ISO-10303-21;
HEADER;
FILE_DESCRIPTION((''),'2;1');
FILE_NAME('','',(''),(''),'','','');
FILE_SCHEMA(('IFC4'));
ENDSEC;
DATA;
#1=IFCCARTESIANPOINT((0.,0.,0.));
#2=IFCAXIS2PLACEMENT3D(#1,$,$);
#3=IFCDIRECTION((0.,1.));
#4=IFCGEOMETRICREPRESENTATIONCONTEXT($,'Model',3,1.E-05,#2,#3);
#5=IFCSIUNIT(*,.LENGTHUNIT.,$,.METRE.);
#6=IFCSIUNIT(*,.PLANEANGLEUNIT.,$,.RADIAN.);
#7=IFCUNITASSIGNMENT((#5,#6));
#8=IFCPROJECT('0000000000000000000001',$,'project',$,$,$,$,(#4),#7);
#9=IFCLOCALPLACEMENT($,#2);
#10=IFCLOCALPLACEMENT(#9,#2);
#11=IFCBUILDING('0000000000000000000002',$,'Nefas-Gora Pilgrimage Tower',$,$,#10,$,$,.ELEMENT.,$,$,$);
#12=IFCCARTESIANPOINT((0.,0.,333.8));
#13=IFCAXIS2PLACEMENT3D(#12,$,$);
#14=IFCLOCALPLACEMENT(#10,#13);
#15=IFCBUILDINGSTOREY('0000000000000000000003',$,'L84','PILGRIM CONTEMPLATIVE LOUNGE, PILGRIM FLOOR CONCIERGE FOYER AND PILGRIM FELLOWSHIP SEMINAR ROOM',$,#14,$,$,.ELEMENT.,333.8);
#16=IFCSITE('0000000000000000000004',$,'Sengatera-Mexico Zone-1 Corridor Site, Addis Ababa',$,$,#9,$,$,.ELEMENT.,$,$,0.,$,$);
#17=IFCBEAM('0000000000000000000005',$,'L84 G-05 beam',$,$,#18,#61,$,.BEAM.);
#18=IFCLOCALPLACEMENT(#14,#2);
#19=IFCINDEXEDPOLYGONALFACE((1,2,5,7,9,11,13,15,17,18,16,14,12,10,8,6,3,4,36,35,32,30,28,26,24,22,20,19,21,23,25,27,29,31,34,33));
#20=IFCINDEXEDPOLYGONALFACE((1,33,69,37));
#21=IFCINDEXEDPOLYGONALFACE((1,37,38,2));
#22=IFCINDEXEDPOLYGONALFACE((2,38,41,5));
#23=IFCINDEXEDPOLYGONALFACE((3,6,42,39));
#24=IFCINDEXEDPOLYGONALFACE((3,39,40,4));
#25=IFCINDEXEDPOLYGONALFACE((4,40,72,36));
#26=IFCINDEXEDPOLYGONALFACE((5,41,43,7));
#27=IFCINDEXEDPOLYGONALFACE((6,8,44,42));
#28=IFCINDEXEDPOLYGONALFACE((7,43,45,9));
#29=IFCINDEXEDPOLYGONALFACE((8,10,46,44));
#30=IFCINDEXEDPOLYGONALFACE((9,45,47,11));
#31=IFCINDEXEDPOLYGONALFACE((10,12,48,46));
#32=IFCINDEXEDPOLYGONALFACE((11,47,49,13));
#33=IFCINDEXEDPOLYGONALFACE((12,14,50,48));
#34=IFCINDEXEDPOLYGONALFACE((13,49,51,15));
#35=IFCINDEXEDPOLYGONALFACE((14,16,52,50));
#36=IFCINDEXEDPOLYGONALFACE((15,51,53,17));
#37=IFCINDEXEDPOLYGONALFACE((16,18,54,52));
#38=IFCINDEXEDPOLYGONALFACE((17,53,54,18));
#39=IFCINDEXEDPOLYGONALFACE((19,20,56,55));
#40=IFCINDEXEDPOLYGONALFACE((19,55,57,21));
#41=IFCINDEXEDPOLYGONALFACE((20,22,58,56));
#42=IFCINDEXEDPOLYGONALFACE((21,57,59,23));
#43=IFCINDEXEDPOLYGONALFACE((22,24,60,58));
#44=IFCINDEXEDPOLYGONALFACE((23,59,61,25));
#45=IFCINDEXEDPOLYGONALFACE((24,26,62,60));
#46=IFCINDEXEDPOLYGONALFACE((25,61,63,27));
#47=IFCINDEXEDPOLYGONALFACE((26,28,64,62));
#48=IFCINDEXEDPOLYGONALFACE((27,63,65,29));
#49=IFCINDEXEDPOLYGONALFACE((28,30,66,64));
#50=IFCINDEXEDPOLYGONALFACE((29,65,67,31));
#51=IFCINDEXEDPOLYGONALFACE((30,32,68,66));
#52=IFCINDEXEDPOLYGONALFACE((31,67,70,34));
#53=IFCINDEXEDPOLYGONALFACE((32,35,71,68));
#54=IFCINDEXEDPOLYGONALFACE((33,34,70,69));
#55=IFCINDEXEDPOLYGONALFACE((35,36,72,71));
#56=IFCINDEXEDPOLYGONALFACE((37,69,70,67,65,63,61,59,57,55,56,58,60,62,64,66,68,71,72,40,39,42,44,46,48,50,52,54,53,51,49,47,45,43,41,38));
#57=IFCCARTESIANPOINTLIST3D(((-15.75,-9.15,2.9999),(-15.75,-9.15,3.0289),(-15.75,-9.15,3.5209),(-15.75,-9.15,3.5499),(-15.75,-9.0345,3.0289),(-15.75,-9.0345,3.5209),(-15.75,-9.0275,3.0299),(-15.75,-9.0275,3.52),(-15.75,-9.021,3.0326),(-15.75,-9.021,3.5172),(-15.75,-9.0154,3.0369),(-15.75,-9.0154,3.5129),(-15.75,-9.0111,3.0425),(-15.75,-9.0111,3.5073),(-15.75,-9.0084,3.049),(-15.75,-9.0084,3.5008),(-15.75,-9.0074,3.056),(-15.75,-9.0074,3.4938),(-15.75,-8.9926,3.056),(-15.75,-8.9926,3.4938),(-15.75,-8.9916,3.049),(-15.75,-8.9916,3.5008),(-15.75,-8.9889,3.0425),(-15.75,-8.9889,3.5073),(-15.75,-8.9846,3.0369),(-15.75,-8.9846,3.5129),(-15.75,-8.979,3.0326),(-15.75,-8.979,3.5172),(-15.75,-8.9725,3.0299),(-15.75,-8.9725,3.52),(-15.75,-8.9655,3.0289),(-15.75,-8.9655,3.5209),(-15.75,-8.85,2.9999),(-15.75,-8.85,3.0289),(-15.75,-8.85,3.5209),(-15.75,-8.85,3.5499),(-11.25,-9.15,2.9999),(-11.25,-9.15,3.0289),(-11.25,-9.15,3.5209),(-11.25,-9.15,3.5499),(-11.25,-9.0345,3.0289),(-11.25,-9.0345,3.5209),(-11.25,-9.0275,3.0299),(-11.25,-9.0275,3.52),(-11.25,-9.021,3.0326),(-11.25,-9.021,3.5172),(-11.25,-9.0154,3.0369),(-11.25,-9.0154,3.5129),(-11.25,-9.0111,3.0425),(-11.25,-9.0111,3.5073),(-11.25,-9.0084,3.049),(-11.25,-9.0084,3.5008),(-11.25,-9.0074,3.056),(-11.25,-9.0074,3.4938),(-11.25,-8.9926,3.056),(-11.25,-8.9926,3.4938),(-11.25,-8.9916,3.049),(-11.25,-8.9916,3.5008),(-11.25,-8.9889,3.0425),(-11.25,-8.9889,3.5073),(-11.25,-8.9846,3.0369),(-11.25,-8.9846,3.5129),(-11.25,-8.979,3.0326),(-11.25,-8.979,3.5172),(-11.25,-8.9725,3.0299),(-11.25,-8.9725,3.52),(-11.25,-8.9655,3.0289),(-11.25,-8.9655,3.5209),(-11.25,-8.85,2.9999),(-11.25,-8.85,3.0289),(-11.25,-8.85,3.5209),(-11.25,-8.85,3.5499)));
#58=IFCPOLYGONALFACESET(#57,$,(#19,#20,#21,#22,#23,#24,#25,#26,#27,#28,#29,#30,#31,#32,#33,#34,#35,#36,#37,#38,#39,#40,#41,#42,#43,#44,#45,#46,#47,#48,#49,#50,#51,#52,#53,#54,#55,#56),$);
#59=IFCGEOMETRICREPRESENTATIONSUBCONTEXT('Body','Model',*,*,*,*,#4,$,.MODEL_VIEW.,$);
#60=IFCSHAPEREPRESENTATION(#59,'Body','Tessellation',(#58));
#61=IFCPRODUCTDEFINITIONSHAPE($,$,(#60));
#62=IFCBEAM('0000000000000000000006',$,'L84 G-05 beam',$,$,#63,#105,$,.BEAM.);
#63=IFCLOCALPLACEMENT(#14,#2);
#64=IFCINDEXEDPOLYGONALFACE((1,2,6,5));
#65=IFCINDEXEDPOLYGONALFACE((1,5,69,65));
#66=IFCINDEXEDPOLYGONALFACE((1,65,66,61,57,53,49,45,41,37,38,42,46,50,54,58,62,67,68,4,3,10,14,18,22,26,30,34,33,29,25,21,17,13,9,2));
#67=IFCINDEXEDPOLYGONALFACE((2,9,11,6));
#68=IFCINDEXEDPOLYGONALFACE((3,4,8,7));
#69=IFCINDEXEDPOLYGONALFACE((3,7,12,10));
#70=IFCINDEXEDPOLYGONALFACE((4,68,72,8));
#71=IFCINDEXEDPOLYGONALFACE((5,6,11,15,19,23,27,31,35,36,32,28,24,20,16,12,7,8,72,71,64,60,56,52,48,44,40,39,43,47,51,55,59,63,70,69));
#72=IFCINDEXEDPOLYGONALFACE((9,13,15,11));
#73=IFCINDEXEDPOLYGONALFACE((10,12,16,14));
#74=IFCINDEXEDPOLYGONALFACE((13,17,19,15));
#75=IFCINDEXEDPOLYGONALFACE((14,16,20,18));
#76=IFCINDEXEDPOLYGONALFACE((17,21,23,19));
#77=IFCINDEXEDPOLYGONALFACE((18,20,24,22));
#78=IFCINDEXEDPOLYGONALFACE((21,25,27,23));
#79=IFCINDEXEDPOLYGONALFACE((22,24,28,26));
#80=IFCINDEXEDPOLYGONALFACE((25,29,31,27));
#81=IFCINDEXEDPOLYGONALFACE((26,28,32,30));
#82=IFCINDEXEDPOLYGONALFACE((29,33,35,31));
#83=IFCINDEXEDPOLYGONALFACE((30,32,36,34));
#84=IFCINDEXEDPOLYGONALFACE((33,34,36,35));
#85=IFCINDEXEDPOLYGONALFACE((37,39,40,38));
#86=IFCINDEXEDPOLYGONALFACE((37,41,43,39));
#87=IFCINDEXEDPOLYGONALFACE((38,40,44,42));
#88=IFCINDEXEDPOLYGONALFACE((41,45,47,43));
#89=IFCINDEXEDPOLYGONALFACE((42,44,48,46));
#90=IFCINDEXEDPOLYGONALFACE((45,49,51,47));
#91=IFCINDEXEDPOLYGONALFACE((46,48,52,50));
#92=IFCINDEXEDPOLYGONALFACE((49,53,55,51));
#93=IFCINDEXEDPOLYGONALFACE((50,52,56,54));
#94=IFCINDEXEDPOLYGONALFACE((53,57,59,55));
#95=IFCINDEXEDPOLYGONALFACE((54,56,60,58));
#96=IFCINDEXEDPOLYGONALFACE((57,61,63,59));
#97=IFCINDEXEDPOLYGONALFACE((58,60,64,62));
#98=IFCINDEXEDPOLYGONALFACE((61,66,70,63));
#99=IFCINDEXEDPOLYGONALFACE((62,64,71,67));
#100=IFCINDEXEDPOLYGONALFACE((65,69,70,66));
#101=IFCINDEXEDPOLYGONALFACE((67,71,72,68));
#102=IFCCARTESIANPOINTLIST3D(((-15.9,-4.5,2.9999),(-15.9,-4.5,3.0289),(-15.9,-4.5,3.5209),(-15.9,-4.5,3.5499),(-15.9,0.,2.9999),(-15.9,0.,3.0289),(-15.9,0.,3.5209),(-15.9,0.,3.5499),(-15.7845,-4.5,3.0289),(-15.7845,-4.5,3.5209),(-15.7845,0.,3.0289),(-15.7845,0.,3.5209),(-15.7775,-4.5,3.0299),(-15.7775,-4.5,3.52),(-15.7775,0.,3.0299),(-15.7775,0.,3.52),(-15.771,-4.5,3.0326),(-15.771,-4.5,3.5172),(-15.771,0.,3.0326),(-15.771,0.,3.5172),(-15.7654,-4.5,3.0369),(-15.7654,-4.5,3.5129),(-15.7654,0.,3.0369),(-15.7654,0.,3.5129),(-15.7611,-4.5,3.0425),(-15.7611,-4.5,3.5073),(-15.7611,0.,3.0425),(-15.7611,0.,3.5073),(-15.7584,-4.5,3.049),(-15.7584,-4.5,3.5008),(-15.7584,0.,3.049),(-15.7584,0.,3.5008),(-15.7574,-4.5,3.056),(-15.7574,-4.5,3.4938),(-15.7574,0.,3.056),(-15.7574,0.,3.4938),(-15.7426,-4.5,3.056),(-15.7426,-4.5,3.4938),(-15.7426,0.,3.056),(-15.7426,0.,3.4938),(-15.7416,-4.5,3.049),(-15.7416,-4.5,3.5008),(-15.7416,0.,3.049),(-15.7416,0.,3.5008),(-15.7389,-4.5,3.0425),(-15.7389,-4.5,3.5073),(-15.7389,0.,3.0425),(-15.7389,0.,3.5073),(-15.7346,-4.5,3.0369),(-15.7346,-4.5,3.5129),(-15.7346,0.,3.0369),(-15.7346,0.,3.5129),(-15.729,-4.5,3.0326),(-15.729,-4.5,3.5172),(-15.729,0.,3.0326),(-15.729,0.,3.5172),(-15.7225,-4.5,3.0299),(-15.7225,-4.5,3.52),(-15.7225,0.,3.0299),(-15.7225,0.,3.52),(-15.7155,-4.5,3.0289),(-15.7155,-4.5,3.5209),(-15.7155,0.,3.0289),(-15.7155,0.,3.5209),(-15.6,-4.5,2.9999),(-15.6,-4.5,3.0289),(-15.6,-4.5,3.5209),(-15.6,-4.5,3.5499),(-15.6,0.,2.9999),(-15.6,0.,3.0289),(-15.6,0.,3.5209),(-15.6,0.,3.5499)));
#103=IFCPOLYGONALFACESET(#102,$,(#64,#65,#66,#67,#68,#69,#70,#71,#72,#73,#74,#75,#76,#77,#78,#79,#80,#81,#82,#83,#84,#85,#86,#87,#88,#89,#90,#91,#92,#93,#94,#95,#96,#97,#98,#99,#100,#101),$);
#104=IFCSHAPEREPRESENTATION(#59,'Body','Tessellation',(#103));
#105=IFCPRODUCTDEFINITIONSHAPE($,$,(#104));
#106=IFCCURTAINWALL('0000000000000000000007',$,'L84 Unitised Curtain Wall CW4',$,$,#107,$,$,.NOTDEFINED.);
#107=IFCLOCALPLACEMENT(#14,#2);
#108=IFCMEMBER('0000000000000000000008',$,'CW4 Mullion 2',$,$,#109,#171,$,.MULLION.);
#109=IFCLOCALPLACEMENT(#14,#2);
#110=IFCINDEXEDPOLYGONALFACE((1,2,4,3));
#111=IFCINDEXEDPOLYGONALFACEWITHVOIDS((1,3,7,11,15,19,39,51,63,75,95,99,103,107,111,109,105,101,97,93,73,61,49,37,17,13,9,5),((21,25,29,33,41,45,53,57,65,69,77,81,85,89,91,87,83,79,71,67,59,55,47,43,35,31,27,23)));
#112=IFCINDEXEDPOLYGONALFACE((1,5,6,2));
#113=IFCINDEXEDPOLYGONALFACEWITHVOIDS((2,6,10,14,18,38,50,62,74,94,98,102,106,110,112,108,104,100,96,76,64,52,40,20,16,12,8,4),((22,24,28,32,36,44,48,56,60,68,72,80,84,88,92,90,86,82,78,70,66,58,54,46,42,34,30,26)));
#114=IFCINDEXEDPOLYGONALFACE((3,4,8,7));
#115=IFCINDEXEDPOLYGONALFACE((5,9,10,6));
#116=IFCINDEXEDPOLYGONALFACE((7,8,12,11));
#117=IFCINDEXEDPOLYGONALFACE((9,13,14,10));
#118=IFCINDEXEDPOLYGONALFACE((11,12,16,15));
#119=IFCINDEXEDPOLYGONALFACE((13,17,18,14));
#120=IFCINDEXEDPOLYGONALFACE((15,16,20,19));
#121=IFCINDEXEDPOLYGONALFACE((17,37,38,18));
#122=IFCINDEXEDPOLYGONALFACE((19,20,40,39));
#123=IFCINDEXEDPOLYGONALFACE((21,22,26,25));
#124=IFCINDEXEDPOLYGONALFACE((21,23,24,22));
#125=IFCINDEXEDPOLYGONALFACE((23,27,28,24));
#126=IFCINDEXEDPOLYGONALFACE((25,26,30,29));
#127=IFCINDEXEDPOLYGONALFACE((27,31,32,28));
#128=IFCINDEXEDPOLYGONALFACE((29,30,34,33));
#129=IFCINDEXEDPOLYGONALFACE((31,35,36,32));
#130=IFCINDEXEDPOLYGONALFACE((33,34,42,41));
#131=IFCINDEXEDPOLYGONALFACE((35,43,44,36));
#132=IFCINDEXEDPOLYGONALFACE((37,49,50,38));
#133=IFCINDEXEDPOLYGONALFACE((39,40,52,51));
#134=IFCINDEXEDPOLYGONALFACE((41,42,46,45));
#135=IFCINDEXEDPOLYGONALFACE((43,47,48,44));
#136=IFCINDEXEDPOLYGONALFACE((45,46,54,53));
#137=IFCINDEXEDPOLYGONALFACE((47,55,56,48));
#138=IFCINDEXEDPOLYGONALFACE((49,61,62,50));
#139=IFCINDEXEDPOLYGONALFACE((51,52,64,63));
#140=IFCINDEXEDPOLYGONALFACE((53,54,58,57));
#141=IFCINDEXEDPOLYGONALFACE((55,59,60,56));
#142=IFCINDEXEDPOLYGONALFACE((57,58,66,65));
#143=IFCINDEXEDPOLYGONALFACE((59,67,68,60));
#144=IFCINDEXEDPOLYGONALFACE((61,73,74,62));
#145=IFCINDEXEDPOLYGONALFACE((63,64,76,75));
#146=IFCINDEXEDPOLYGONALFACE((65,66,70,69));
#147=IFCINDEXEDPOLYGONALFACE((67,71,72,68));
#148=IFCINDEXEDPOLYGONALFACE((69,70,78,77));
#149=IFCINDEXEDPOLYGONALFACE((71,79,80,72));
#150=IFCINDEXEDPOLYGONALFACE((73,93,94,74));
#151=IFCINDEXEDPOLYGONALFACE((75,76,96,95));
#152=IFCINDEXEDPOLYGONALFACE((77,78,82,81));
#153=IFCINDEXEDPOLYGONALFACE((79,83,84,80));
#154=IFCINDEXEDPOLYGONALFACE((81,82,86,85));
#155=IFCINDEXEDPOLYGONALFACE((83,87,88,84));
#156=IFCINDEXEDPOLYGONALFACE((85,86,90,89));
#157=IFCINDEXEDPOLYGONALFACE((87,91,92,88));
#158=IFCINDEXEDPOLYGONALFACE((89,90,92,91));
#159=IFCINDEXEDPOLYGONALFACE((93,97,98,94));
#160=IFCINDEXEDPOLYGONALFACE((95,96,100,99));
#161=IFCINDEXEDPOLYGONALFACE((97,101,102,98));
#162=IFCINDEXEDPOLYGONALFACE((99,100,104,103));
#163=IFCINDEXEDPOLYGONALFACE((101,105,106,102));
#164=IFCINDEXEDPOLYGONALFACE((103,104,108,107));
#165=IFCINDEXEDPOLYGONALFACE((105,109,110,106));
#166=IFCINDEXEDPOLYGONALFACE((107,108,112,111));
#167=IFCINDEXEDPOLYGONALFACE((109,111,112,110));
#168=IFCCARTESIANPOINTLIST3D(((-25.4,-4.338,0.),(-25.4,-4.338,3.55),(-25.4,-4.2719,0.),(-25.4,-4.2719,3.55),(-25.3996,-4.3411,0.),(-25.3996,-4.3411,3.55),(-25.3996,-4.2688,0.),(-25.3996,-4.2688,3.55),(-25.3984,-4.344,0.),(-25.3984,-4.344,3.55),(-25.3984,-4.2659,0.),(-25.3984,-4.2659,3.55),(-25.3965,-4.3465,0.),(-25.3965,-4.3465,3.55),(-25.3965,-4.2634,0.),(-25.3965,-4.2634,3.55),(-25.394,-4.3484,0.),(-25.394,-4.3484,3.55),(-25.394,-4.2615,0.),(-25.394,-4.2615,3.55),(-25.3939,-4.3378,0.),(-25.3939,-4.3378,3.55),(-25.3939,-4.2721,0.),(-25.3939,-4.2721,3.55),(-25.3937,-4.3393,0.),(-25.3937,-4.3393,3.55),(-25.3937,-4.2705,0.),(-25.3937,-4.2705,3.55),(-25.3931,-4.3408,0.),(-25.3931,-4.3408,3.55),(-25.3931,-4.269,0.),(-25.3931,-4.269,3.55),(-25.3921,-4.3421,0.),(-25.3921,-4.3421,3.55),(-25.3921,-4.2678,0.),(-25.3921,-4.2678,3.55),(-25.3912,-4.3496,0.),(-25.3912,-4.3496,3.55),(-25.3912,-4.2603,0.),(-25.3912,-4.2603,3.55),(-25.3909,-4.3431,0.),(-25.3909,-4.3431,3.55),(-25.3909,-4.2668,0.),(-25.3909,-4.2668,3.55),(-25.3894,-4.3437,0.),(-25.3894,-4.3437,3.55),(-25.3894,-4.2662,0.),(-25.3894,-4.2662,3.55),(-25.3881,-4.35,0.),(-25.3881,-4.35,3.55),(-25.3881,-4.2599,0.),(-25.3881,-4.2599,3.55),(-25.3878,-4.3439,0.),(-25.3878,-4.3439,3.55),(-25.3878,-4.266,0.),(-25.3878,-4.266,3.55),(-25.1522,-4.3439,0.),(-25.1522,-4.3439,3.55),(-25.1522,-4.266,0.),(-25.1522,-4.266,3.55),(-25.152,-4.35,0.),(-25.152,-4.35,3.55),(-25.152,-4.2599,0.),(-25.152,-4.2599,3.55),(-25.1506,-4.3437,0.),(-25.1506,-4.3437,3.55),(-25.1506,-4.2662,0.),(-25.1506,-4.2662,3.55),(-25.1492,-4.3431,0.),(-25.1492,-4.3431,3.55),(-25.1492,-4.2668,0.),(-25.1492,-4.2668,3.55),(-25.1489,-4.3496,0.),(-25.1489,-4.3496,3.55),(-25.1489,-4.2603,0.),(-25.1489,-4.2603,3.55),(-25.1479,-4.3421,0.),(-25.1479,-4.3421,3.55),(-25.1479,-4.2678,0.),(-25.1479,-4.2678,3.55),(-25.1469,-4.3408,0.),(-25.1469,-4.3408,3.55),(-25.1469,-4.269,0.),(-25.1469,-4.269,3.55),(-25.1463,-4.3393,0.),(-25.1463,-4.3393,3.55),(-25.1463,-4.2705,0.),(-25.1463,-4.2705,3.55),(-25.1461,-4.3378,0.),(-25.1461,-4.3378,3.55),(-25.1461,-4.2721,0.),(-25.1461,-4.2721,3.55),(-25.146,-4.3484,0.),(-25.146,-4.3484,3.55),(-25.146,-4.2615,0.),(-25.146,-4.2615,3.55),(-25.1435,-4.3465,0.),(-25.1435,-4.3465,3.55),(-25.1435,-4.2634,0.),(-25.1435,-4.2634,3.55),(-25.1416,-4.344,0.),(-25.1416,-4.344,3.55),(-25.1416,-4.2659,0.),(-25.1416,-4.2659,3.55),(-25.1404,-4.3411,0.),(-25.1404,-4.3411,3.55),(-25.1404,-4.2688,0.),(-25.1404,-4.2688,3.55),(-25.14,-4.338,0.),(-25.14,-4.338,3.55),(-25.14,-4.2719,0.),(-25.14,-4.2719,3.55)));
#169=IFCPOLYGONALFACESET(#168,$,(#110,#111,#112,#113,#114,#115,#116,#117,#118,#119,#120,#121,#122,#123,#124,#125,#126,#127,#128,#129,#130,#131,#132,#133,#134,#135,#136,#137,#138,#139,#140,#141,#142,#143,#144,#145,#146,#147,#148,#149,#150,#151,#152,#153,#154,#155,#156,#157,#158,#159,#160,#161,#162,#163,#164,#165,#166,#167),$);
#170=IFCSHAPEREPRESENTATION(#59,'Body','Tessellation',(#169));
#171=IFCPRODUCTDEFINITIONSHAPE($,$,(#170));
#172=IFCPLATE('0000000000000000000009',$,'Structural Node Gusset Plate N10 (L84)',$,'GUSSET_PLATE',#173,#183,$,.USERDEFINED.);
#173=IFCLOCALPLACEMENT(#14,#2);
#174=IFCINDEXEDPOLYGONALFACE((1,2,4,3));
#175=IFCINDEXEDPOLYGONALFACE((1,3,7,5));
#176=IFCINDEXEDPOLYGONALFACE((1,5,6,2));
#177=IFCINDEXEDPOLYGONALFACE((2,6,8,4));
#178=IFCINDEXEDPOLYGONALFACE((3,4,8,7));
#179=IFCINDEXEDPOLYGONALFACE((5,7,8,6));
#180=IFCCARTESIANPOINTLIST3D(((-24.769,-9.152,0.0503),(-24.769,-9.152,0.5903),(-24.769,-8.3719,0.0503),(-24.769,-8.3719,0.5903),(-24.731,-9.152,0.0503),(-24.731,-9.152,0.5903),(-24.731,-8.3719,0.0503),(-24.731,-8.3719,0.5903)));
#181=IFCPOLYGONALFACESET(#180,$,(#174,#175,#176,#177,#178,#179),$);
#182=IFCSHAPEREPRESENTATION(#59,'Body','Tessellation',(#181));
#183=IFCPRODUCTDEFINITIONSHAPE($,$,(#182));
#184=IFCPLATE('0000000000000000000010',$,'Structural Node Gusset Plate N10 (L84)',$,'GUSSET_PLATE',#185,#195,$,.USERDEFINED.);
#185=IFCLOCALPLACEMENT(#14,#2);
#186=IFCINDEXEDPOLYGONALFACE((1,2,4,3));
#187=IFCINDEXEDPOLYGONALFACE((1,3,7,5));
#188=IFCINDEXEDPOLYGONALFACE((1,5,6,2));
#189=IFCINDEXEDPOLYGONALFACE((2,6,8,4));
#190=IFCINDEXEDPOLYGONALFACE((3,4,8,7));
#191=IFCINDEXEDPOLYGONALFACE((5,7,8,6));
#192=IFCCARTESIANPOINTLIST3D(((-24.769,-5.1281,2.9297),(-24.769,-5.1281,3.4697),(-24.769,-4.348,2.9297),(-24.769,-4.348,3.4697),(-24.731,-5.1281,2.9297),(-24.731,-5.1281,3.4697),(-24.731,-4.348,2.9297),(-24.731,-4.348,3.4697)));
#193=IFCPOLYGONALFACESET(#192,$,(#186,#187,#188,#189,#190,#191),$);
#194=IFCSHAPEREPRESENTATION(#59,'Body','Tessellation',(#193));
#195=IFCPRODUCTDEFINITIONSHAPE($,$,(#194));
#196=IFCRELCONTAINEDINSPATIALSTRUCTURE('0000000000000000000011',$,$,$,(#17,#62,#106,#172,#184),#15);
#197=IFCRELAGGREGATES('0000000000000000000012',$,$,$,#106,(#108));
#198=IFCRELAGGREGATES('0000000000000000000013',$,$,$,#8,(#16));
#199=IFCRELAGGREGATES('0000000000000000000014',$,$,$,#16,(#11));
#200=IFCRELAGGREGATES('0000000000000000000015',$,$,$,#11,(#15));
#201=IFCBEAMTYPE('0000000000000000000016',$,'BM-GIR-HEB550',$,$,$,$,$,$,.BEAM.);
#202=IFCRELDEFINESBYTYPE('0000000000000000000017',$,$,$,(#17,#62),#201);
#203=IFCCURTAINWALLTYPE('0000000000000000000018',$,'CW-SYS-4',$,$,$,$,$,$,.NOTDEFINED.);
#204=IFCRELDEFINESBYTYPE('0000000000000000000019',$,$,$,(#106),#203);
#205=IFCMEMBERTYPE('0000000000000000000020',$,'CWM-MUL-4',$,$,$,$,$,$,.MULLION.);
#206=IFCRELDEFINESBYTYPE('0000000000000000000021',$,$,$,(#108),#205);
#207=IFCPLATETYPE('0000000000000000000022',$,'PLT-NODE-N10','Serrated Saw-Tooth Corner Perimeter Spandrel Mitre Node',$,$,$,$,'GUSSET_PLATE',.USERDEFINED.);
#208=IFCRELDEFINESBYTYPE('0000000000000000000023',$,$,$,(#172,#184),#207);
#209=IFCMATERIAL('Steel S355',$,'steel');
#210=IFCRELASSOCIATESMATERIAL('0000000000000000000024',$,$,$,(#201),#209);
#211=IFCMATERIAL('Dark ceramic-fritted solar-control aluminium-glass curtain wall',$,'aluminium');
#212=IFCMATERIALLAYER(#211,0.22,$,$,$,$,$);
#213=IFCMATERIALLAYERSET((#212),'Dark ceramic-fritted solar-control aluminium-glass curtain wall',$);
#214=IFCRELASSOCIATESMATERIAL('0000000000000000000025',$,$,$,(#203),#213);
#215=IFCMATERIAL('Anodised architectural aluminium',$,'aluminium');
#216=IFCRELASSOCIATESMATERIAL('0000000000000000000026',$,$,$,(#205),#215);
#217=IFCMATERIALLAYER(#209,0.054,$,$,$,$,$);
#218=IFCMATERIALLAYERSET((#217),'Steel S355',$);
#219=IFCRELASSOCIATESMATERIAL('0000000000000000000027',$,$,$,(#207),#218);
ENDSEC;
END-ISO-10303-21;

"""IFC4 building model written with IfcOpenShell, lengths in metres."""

from ifc_helpers import new_model, si_unit, direction, frame, origin, origin_2d, place, context, subcontext, project, spatial, rectangle, hollow_rectangle, i_section, extrude, source, transform, mapped, material, layer, layer_set, material_profile, profile_set, type_object, element, aggregate, save


model = new_model("IFC4")

# Units and contexts
model_context = context("Model", 3, precision=1e-05, world=origin(), true_north=direction((0.0, 1.0)))
body_context = subcontext(model_context, "Body", "Model", "MODEL_VIEW")
ifc_project = project(units=[si_unit("LENGTHUNIT", "METRE"), si_unit("PLANEANGLEUNIT", "RADIAN")], contexts=[model_context])

# Site, building, storey
site_placement = place(None, origin())
site = spatial("IfcSite", under=ifc_project, at=site_placement, Name="Sengatera-Mexico Zone-1 Corridor Site, Addis Ababa", CompositionType="ELEMENT", RefElevation=0.0)
building_placement = place(site_placement, origin())
building = spatial("IfcBuilding", under=site, at=building_placement, Name="Nefas-Gora Pilgrimage Tower", CompositionType="ELEMENT")
storey_placement = place(building_placement, frame((0.0, 0.0, 333.8)))
storey = spatial("IfcBuildingStorey", under=building, at=storey_placement, Name="L84", Description="PILGRIM CONTEMPLATIVE LOUNGE, PILGRIM FLOOR CONCIERGE FOYER AND PILGRIM FELLOWSHIP SEMINAR ROOM", CompositionType="ELEMENT", Elevation=333.8)

# Shared definitions
ifc_material_1 = material(Name="Steel S355", Category="steel")

# Beams
ifc_material_profile_1 = material_profile(ifc_material_1, i_section(OverallWidth=0.3, OverallDepth=0.55, WebThickness=0.0149, FlangeThickness=0.0291, FilletRadius=0.0271, at=origin_2d()), Name="HEB 550")
ifc_profile_set_1 = profile_set([ifc_material_profile_1], Name="Steel S355")
beam_type_1 = type_object("IfcBeamType", Name="BM-GIR-HEB550", PredefinedType="BEAM", material=ifc_profile_set_1)
shared_shape_1 = source(origin(), body_context, "Body", "SweptSolid", [
    extrude(i_section(OverallWidth=0.3, OverallDepth=0.55, WebThickness=0.0149, FlangeThickness=0.0291, FilletRadius=0.0271, at=origin_2d()), origin(), (0.0, 0.0, 1.0), 4.5),
])
for number, where, z_axis, x_axis, name in (
    (1, (-15.75, -9.0, 3.2749), (1.0, 0.0, 0.0), (0.0, 1.0, 0.0), "L84 G-05 beam"),
    (2, (-15.75, -4.5, 3.2749), (0.0, 1.0, 0.0), (-1.0, 0.0, 0.0), "L84 G-05 beam"),
):
    element("IfcBeam", number, at=place(storey_placement, frame(where, z_axis=z_axis, x_axis=x_axis)), inside=storey, type_object=beam_type_1, Name=name, PredefinedType="BEAM", context=body_context, shape_type="MappedRepresentation", body=[
        mapped(shared_shape_1, transform((0.0, 0.0, 0.0), x_axis=(1.0, 0.0, 0.0), y_axis=(0.0, 1.0, 0.0), z_axis=(0.0, 0.0, 1.0), scale=1.0)),
    ])

# Curtain wall, member
ifc_material_2 = material(Name="Dark ceramic-fritted solar-control aluminium-glass curtain wall", Category="aluminium")
ifc_layer_1 = layer(ifc_material_2, 0.22)
ifc_layer_set_1 = layer_set([ifc_layer_1], Name="Dark ceramic-fritted solar-control aluminium-glass curtain wall")
curtain_wall_type = type_object("IfcCurtainWallType", Name="CW-SYS-4", PredefinedType="NOTDEFINED", material=ifc_layer_set_1)
curtain_wall_placement = place(storey_placement, origin())
curtain_wall = element("IfcCurtainWall", 3, at=curtain_wall_placement, inside=storey, type_object=curtain_wall_type, Name="L84 Unitised Curtain Wall CW4", PredefinedType="NOTDEFINED")
ifc_material_3 = material(Name="Anodised architectural aluminium", Category="aluminium")
ifc_material_profile_2 = material_profile(ifc_material_3, hollow_rectangle(XDim=0.0901, YDim=0.26, WallThickness=0.0061, InnerFilletRadius=0.0061, OuterFilletRadius=0.012, at=origin_2d()), Name="ALU MULLION 90x260")
ifc_profile_set_2 = profile_set([ifc_material_profile_2], Name="Anodised architectural aluminium")
member_type_1 = type_object("IfcMemberType", Name="CWM-MUL-4", PredefinedType="MULLION", material=ifc_profile_set_2)
shared_shape_2 = source(origin(), body_context, "Body", "SweptSolid", [
    extrude(hollow_rectangle(XDim=0.0901, YDim=0.26, WallThickness=0.0061, InnerFilletRadius=0.0061, OuterFilletRadius=0.012, at=origin_2d()), origin(), (0.0, 0.0, 1.0), 3.55),
])
member_1_placement = place(storey_placement, frame((-25.27, -4.3049, 0.0), z_axis=(0.0, 0.0, 1.0), x_axis=(0.0, -1.0, 0.0)))
member_1 = element("IfcMember", 4, at=member_1_placement, type_object=member_type_1, Name="CW4 Mullion 2", PredefinedType="MULLION", context=body_context, shape_type="MappedRepresentation", body=[
    mapped(shared_shape_2, transform((0.0, 0.0, 0.0), x_axis=(1.0, 0.0, 0.0), y_axis=(0.0, 1.0, 0.0), z_axis=(0.0, 0.0, 1.0), scale=1.0)),
])
aggregate(curtain_wall, [member_1])

# Plates
ifc_layer_2 = layer(ifc_material_1, 0.054)
ifc_layer_set_2 = layer_set([ifc_layer_2], Name="Steel S355")
plate_type = type_object("IfcPlateType", Name="PLT-NODE-N10", Description="Serrated Saw-Tooth Corner Perimeter Spandrel Mitre Node", ElementType="GUSSET_PLATE", PredefinedType="USERDEFINED", material=ifc_layer_set_2)
shared_shape_3 = source(origin(), body_context, "Body", "SweptSolid", [
    extrude(rectangle(XDim=0.78, YDim=0.0381, at=origin_2d()), origin(), (0.0, 0.0, 1.0), 0.54),
])
for number, where, z_axis, x_axis, name in (
    (5, (-24.75, -8.762, 0.0503), (0.0, 0.0, 1.0), (0.0, 1.0, 0.0), "Structural Node Gusset Plate N10 (L84)"),
    (6, (-24.75, -4.738, 2.9297), (0.0, 0.0, 1.0), (0.0, 1.0, 0.0), "Structural Node Gusset Plate N10 (L84)"),
):
    element("IfcPlate", number, at=place(storey_placement, frame(where, z_axis=z_axis, x_axis=x_axis)), inside=storey, type_object=plate_type, Name=name, ObjectType="GUSSET_PLATE", PredefinedType="USERDEFINED", context=body_context, shape_type="MappedRepresentation", body=[
        mapped(shared_shape_3, transform((0.0, 0.0, 0.0), x_axis=(1.0, 0.0, 0.0), y_axis=(0.0, 1.0, 0.0), z_axis=(0.0, 0.0, 1.0), scale=1.0)),
    ])

save(model, "model.ifc")
